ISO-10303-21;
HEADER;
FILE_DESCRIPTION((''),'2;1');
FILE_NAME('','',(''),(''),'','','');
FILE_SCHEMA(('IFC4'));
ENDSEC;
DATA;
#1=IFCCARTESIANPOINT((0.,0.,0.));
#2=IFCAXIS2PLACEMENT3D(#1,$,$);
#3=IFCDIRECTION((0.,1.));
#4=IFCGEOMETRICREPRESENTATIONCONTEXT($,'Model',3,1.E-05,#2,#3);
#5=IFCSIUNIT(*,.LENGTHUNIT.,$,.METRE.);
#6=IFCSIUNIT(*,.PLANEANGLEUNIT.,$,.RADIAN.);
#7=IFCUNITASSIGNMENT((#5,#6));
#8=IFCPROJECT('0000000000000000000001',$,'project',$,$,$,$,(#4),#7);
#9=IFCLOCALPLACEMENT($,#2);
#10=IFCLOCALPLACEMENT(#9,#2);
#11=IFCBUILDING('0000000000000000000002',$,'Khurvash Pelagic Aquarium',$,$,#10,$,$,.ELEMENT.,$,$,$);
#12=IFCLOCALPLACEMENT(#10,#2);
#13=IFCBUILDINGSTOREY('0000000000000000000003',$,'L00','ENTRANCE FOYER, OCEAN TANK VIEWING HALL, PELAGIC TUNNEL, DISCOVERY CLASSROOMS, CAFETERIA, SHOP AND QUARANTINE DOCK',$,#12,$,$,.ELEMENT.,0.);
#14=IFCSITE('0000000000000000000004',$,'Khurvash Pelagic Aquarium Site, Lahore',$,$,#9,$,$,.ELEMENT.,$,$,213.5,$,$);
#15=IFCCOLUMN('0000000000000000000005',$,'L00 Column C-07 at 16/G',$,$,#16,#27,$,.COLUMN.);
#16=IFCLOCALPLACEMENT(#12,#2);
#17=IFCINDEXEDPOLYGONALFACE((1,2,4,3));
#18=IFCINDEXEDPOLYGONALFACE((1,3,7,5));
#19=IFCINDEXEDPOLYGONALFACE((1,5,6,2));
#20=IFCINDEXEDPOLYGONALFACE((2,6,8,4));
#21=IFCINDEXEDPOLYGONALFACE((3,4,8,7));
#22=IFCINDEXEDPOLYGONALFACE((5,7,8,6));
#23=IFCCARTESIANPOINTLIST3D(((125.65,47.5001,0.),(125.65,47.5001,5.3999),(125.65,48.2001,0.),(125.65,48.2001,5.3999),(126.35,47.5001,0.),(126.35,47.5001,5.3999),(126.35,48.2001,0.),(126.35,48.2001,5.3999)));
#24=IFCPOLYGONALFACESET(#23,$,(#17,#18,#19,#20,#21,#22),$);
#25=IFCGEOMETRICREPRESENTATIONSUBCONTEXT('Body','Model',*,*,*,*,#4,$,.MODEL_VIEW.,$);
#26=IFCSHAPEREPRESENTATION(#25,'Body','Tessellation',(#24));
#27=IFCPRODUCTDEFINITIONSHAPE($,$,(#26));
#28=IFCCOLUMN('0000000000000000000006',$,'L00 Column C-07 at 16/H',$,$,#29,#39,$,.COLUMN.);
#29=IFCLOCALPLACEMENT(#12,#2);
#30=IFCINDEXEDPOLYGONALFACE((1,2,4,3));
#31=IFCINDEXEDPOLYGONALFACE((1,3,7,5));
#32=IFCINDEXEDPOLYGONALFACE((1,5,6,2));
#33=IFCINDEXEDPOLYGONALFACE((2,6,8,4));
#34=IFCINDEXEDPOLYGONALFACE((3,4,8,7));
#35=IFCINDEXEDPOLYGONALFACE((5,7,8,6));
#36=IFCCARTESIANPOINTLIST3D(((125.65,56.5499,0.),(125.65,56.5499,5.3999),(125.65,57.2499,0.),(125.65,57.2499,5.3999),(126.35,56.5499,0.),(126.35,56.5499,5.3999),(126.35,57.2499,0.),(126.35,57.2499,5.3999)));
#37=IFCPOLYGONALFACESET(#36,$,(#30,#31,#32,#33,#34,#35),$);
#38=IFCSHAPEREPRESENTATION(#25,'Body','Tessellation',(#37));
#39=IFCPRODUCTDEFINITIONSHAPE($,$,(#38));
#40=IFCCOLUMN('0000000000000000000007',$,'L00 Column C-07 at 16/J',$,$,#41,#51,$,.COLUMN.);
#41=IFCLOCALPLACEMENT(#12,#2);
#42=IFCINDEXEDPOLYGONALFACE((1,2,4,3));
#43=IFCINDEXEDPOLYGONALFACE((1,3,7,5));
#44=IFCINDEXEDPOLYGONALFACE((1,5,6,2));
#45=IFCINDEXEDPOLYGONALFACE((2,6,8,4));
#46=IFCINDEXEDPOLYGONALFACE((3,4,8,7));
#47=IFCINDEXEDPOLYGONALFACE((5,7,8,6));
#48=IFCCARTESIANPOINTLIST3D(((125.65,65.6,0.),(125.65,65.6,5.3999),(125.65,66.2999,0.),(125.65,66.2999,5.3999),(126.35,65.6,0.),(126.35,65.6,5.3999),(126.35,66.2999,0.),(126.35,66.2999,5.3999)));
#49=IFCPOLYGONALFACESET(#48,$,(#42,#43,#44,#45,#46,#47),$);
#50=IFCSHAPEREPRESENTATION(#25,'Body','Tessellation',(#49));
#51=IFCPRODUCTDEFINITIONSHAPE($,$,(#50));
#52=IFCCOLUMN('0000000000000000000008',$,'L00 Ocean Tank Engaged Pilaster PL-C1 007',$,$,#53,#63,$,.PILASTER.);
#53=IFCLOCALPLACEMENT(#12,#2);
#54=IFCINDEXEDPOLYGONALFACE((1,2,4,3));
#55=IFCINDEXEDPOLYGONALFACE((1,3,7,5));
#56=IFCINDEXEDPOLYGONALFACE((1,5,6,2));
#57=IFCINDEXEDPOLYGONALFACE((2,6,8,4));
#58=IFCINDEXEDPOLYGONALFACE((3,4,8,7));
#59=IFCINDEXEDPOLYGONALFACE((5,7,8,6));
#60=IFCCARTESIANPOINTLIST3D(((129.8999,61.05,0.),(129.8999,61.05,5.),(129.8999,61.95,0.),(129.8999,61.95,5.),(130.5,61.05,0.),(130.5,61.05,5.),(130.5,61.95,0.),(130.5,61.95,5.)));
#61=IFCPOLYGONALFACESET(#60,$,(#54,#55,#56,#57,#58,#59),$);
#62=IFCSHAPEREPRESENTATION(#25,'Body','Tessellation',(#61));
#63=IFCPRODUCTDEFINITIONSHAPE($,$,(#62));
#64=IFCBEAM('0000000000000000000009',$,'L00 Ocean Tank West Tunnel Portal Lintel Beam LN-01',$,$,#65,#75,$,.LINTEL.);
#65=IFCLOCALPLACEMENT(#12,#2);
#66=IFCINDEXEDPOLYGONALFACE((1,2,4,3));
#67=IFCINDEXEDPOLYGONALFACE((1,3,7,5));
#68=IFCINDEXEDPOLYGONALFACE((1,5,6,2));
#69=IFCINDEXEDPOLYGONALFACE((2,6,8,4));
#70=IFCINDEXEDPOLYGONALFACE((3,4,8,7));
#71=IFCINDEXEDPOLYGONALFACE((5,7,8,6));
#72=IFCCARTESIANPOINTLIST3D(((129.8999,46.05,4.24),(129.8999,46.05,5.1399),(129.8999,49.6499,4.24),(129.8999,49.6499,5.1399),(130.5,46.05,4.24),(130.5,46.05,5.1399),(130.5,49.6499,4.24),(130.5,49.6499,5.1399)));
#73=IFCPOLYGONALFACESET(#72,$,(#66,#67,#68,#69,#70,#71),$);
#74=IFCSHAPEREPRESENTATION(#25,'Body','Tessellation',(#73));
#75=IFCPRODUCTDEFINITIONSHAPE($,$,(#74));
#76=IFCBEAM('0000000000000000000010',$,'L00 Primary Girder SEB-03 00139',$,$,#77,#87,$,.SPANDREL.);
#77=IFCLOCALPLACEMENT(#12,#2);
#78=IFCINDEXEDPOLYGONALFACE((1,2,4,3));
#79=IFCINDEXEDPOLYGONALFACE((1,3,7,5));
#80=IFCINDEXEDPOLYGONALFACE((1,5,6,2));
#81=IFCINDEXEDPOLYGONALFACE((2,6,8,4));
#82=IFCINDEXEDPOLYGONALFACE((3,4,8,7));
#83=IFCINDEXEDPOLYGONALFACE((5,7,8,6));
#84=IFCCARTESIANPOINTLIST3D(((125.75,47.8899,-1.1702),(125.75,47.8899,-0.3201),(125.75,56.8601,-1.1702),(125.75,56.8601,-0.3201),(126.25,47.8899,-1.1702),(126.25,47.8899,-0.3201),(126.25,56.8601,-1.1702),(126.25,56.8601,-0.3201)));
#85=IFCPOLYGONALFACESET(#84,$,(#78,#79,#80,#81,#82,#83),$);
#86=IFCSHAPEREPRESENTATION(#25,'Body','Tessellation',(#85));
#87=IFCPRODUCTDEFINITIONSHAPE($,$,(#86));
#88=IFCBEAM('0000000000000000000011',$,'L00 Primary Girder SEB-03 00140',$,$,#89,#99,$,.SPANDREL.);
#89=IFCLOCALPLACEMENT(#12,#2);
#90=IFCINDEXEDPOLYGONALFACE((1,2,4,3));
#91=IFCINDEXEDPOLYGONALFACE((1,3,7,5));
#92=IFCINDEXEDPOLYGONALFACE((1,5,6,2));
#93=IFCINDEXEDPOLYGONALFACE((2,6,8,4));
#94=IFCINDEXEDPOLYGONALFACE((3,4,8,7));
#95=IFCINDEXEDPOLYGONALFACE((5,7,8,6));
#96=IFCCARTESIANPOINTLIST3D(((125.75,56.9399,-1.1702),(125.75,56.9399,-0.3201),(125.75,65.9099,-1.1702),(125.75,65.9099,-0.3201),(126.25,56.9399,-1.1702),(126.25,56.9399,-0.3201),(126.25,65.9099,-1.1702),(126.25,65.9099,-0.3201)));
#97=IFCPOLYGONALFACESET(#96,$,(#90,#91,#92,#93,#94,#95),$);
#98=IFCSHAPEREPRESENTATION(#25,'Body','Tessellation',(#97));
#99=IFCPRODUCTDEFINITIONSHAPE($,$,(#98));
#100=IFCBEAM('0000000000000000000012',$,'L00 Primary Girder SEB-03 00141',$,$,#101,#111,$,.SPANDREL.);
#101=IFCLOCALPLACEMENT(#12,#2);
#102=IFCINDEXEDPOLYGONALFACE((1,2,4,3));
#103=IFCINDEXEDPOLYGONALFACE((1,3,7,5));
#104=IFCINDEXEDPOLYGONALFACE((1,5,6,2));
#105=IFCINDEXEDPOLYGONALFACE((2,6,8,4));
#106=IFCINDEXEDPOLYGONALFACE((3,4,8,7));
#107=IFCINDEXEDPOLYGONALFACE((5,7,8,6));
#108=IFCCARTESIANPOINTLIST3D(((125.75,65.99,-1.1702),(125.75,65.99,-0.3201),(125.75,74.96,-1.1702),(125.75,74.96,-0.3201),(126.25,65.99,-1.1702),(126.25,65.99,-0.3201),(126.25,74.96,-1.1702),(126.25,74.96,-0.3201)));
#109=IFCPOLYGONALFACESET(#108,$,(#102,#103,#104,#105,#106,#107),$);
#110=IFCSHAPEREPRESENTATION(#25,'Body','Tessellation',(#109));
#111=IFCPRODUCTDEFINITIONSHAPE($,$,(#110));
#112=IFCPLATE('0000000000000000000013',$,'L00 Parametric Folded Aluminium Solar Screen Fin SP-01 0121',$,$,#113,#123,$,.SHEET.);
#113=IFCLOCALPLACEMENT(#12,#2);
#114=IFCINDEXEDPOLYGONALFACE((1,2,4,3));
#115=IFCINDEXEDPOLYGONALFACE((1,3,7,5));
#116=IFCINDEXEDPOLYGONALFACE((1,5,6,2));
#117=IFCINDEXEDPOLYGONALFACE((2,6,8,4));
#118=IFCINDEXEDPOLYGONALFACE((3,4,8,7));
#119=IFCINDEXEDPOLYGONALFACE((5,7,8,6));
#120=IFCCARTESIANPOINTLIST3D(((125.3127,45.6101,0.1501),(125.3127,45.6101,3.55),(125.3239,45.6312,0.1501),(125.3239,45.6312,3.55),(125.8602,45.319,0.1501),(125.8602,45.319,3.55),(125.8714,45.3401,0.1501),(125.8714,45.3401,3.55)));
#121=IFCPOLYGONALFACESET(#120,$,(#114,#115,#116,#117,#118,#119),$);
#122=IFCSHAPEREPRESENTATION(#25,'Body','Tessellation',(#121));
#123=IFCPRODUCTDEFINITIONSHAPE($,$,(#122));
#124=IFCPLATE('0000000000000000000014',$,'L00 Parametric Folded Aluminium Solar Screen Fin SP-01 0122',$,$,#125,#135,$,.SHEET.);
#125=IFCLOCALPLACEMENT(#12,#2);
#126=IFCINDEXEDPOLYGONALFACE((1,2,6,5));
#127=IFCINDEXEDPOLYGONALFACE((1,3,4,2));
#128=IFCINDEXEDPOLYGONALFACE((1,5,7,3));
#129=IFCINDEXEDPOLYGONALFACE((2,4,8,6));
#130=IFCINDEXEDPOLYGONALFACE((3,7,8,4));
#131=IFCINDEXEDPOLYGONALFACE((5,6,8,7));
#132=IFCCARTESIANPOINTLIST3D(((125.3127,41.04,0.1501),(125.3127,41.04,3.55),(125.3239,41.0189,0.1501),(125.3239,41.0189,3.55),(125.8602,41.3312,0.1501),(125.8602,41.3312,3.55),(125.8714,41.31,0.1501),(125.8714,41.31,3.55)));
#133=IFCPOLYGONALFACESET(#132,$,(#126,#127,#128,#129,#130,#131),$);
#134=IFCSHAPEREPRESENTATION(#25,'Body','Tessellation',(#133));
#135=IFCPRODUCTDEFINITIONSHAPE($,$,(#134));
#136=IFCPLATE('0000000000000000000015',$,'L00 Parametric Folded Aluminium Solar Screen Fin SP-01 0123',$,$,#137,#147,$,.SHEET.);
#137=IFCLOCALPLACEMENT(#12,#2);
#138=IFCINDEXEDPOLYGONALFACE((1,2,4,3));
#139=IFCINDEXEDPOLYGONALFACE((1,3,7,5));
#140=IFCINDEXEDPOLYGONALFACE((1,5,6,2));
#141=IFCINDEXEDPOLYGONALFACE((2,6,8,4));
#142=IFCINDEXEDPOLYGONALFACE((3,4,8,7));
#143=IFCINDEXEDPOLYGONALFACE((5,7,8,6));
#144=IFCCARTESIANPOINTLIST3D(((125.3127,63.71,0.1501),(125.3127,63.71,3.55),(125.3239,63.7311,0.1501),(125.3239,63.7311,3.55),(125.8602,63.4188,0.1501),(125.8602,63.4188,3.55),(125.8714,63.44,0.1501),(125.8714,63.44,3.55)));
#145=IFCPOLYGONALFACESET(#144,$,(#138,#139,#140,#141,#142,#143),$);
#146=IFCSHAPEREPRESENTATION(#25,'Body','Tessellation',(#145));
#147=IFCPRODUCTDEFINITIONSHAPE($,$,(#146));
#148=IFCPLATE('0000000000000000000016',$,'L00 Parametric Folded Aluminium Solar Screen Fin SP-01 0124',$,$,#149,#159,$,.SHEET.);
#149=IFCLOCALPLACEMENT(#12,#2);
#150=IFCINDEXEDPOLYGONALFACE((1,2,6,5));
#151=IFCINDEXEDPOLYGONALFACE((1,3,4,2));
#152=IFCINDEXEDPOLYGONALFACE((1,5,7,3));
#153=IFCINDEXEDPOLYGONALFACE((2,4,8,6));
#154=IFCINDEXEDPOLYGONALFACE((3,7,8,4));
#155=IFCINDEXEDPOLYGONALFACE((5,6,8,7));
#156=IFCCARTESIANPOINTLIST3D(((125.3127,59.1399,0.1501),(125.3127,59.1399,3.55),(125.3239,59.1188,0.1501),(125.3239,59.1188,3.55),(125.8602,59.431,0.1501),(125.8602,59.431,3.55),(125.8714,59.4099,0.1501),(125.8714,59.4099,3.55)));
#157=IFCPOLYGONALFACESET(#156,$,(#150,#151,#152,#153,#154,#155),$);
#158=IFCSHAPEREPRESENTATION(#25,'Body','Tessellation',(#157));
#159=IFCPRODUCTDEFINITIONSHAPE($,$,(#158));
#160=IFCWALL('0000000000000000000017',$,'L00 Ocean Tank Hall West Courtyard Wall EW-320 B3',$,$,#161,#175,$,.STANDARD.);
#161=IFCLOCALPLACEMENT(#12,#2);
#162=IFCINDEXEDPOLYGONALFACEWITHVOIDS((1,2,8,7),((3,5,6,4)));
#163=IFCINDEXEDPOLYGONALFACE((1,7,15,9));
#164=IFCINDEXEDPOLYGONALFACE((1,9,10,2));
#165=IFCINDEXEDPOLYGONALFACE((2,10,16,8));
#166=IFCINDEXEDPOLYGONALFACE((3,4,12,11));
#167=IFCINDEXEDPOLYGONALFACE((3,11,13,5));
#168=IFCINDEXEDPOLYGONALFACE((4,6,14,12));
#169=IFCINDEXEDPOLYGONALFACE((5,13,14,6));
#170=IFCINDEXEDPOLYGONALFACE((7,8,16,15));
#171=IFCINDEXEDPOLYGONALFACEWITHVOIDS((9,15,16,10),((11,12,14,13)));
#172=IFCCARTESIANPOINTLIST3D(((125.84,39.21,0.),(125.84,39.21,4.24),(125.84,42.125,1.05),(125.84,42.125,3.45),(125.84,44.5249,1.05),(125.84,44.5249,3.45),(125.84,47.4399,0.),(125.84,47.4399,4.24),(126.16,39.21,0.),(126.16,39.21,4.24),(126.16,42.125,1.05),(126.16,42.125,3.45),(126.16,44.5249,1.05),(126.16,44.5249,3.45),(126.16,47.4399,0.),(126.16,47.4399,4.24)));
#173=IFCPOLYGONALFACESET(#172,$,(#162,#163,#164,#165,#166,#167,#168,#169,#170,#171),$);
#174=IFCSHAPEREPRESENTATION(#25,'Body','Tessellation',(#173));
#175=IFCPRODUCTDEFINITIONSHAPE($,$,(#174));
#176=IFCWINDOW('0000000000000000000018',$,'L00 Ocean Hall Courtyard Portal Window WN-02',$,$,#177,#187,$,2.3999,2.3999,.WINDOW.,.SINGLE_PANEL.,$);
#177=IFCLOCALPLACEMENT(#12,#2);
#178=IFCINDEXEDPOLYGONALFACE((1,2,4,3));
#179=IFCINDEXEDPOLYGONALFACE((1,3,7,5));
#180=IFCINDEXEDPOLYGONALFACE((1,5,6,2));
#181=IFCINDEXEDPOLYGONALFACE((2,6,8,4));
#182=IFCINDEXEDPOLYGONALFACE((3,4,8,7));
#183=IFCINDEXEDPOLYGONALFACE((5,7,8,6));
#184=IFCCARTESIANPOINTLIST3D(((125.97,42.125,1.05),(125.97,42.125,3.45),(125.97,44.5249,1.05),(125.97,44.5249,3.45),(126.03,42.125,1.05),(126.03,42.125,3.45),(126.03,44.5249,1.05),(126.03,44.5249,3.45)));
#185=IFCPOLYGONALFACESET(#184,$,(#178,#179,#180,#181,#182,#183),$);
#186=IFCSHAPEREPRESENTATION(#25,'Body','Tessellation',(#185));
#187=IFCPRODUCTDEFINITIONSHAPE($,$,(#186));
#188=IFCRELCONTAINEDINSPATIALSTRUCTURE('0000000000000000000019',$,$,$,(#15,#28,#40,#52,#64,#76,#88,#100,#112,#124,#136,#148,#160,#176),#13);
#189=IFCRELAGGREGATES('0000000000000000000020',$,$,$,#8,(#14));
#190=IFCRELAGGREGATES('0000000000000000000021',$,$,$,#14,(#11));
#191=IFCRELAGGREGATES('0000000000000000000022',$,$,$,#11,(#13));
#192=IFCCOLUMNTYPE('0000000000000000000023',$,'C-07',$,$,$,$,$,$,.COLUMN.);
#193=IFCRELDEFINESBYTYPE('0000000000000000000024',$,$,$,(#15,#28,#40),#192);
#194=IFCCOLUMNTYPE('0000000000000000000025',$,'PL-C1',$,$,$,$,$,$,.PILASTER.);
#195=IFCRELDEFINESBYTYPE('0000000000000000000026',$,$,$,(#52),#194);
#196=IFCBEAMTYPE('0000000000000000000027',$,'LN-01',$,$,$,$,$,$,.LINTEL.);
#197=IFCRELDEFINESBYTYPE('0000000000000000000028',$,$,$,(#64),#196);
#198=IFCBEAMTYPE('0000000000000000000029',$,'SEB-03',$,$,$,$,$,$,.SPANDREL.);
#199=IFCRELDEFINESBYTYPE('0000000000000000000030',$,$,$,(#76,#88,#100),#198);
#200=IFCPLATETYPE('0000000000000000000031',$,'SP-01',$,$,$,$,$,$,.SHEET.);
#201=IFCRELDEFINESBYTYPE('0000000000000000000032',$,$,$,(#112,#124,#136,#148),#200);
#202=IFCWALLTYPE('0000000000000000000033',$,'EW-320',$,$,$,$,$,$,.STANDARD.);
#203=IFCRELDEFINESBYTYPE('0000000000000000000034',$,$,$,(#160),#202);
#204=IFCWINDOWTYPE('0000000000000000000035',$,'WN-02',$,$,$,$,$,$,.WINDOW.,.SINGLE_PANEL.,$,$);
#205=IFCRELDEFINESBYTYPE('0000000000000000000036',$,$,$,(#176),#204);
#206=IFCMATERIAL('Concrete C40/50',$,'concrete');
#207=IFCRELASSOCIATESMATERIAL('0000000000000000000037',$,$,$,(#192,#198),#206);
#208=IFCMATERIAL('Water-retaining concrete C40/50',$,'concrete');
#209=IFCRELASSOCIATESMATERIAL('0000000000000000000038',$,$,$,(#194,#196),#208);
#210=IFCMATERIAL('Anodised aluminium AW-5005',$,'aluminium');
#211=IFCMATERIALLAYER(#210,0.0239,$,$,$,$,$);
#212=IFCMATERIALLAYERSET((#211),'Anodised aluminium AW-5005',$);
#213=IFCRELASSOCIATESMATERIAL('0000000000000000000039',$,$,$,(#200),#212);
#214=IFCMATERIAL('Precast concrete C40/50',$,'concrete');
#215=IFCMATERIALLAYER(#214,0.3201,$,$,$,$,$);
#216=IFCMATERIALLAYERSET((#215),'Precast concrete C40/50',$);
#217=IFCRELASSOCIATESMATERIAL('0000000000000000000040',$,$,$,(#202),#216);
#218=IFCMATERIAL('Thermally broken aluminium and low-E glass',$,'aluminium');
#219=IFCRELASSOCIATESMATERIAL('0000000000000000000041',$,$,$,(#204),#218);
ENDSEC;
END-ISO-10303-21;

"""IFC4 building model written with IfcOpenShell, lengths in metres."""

from ifc_helpers import new_model, si_unit, direction, frame, frame_2d, origin, origin_2d, place, context, subcontext, project, spatial, rectangle, extrude, material, layer, layer_set, material_profile, profile_set, type_object, element, fill, save


model = new_model("IFC4")

# Units and contexts
model_context = context("Model", 3, precision=1e-05, world=origin(), true_north=direction((0.0, 1.0)))
body_context = subcontext(model_context, "Body", "Model", "MODEL_VIEW")
ifc_project = project(units=[si_unit("LENGTHUNIT", "METRE"), si_unit("PLANEANGLEUNIT", "RADIAN")], contexts=[model_context])

# Site, building, storey
site_placement = place(None, origin())
site = spatial("IfcSite", under=ifc_project, at=site_placement, Name="Khurvash Pelagic Aquarium Site, Lahore", CompositionType="ELEMENT", RefElevation=213.5)
building_placement = place(site_placement, origin())
building = spatial("IfcBuilding", under=site, at=building_placement, Name="Khurvash Pelagic Aquarium", CompositionType="ELEMENT")
storey_placement = place(building_placement, origin())
storey = spatial("IfcBuildingStorey", under=building, at=storey_placement, Name="L00", Description="ENTRANCE FOYER, OCEAN TANK VIEWING HALL, PELAGIC TUNNEL, DISCOVERY CLASSROOMS, CAFETERIA, SHOP AND QUARANTINE DOCK", CompositionType="ELEMENT", Elevation=0.0)

# Columns
ifc_material_1 = material(Name="Concrete C40/50", Category="concrete")
ifc_material_profile_1 = material_profile(ifc_material_1, rectangle(XDim=0.7, YDim=0.7, at=origin_2d()), Name="RC700X700")
ifc_profile_set_1 = profile_set([ifc_material_profile_1], Name="Concrete C40/50")
column_type_1 = type_object("IfcColumnType", Name="C-07", PredefinedType="COLUMN", material=ifc_profile_set_1)
for number, where, z_axis, x_axis, name in (
    (1, (126.0, 47.8501, 0.0), (0.0, 0.0, 1.0), (1.0, 0.0, 0.0), "L00 Column C-07 at 16/G"),
    (2, (126.0, 56.8999, 0.0), (0.0, 0.0, 1.0), (1.0, 0.0, 0.0), "L00 Column C-07 at 16/H"),
    (3, (126.0, 65.95, 0.0), (0.0, 0.0, 1.0), (1.0, 0.0, 0.0), "L00 Column C-07 at 16/J"),
):
    element("IfcColumn", number, at=place(storey_placement, frame(where, z_axis=z_axis, x_axis=x_axis)), inside=storey, type_object=column_type_1, Name=name, PredefinedType="COLUMN", context=body_context, shape_type="SweptSolid", body=[
        extrude(rectangle(XDim=0.7, YDim=0.7, at=origin_2d()), origin(), (0.0, 0.0, 1.0), 5.3999),
    ])
ifc_material_2 = material(Name="Water-retaining concrete C40/50", Category="concrete")
ifc_material_profile_2 = material_profile(ifc_material_2, rectangle(XDim=0.6001, YDim=0.8999, at=origin_2d()), Name="RC600X900")
ifc_profile_set_2 = profile_set([ifc_material_profile_2], Name="Water-retaining concrete C40/50")
column_type_2 = type_object("IfcColumnType", Name="PL-C1", PredefinedType="PILASTER", material=ifc_profile_set_2)
column_placement = place(storey_placement, frame((130.2, 61.5, 0.0), z_axis=(0.0, 0.0, 1.0), x_axis=(1.0, 0.0, 0.0)))
element("IfcColumn", 4, at=column_placement, inside=storey, type_object=column_type_2, Name="L00 Ocean Tank Engaged Pilaster PL-C1 007", PredefinedType="PILASTER", context=body_context, shape_type="SweptSolid", body=[
    extrude(rectangle(XDim=0.6001, YDim=0.8999, at=origin_2d()), origin(), (0.0, 0.0, 1.0), 5.0),
])

# Beams
ifc_material_profile_3 = material_profile(ifc_material_2, rectangle(XDim=0.6001, YDim=0.8999, at=origin_2d()), Name="RC600X900")
ifc_profile_set_3 = profile_set([ifc_material_profile_3], Name="Water-retaining concrete C40/50")
beam_type_1 = type_object("IfcBeamType", Name="LN-01", PredefinedType="LINTEL", material=ifc_profile_set_3)
beam_1_placement = place(storey_placement, frame((130.2, 46.05, 4.6899), z_axis=(0.0, 1.0, 0.0), x_axis=(-1.0, 0.0, 0.0)))
element("IfcBeam", 5, at=beam_1_placement, inside=storey, type_object=beam_type_1, Name="L00 Ocean Tank West Tunnel Portal Lintel Beam LN-01", PredefinedType="LINTEL", context=body_context, shape_type="SweptSolid", body=[
    extrude(rectangle(XDim=0.6001, YDim=0.8999, at=origin_2d()), origin(), (0.0, 0.0, 1.0), 3.5999),
])
ifc_material_profile_4 = material_profile(ifc_material_1, rectangle(XDim=0.5, YDim=0.8501, at=origin_2d()), Name="RC500X850")
ifc_profile_set_4 = profile_set([ifc_material_profile_4], Name="Concrete C40/50")
beam_type_2 = type_object("IfcBeamType", Name="SEB-03", PredefinedType="SPANDREL", material=ifc_profile_set_4)
beam_2_placement = place(storey_placement, frame((126.0, 47.8899, -0.7451), z_axis=(0.0, 1.0, 0.0), x_axis=(-1.0, 0.0, 0.0)))
element("IfcBeam", 6, at=beam_2_placement, inside=storey, type_object=beam_type_2, Name="L00 Primary Girder SEB-03 00139", PredefinedType="SPANDREL", context=body_context, shape_type="SweptSolid", body=[
    extrude(rectangle(XDim=0.5, YDim=0.8501, at=origin_2d()), origin(), (0.0, 0.0, 1.0), 8.9702),
])
for number, where, z_axis, x_axis, name in (
    (7, (126.0, 56.9399, -0.7451), (0.0, 1.0, 0.0), (-1.0, 0.0, 0.0), "L00 Primary Girder SEB-03 00140"),
    (8, (126.0, 65.99, -0.7451), (0.0, 1.0, 0.0), (-1.0, 0.0, 0.0), "L00 Primary Girder SEB-03 00141"),
):
    element("IfcBeam", number, at=place(storey_placement, frame(where, z_axis=z_axis, x_axis=x_axis)), inside=storey, type_object=beam_type_2, Name=name, PredefinedType="SPANDREL", context=body_context, shape_type="SweptSolid", body=[
        extrude(rectangle(XDim=0.5, YDim=0.8501, at=origin_2d()), origin(), (0.0, 0.0, 1.0), 8.97),
    ])

# Plates
ifc_material_3 = material(Name="Anodised aluminium AW-5005", Category="aluminium")
ifc_layer_1 = layer(ifc_material_3, 0.0239)
ifc_layer_set_1 = layer_set([ifc_layer_1], Name="Anodised aluminium AW-5005")
plate_type = type_object("IfcPlateType", Name="SP-01", PredefinedType="SHEET", material=ifc_layer_set_1)
for number, where, z_axis, x_axis, name in (
    (9, (125.592, 45.4751, 0.1501), (0.0, 0.0, 1.0), (-0.882948, 0.469472, 0.0), "L00 Parametric Folded Aluminium Solar Screen Fin SP-01 0121"),
    (10, (125.592, 41.175, 0.1501), (0.0, 0.0, 1.0), (-0.882948, -0.469472, 0.0), "L00 Parametric Folded Aluminium Solar Screen Fin SP-01 0122"),
    (11, (125.592, 63.575, 0.1501), (0.0, 0.0, 1.0), (-0.882948, 0.469472, 0.0), "L00 Parametric Folded Aluminium Solar Screen Fin SP-01 0123"),
    (12, (125.592, 59.2749, 0.1501), (0.0, 0.0, 1.0), (-0.882948, -0.469472, 0.0), "L00 Parametric Folded Aluminium Solar Screen Fin SP-01 0124"),
):
    element("IfcPlate", number, at=place(storey_placement, frame(where, z_axis=z_axis, x_axis=x_axis)), inside=storey, type_object=plate_type, Name=name, PredefinedType="SHEET", context=body_context, shape_type="SweptSolid", body=[
        extrude(rectangle(XDim=0.6201, YDim=0.0239, at=origin_2d()), origin(), (0.0, 0.0, 1.0), 3.3999),
    ])

# Wall, opening, window
ifc_material_4 = material(Name="Precast concrete C40/50", Category="concrete")
ifc_layer_2 = layer(ifc_material_4, 0.3201)
ifc_layer_set_2 = layer_set([ifc_layer_2], Name="Precast concrete C40/50")
wall_type_1 = type_object("IfcWallType", Name="EW-320", PredefinedType="STANDARD", material=ifc_layer_set_2)
wall_1_placement = place(storey_placement, frame((126.0, 47.4399, 0.0), z_axis=(0.0, 0.0, 1.0), x_axis=(0.0, -1.0, 0.0)))
wall_1 = element("IfcWall", 13, at=wall_1_placement, inside=storey, type_object=wall_type_1, Name="L00 Ocean Tank Hall West Courtyard Wall EW-320 B3", PredefinedType="STANDARD", context=body_context, shape_type="SweptSolid", body=[
    extrude(rectangle(XDim=8.23, YDim=0.3201, at=frame_2d((4.115, 0.0))), origin(), (0.0, 0.0, 1.0), 4.24),
])
opening_1_placement = place(wall_1_placement, frame((2.915, 0.0, 1.05)))
opening_1 = element("IfcOpeningElement", 14, at=opening_1_placement, cuts=wall_1, PredefinedType="OPENING", context=body_context, shape_type="SweptSolid", body=[
    extrude(rectangle(XDim=2.3999, YDim=2.3999, at=frame_2d((1.2, 1.2))), frame((0.0, 0.1699, 0.0), z_axis=(0.0, -1.0, 0.0), x_axis=(1.0, 0.0, 0.0)), (0.0, 0.0, 1.0), 0.3401),
])
ifc_material_5 = material(Name="Thermally broken aluminium and low-E glass", Category="aluminium")
window_type_1 = type_object("IfcWindowType", Name="WN-02", PartitioningType="SINGLE_PANEL", PredefinedType="WINDOW", material=ifc_material_5)
window_1_placement = place(opening_1_placement, origin())
window_1 = element("IfcWindow", 15, at=window_1_placement, inside=storey, type_object=window_type_1, Name="L00 Ocean Hall Courtyard Portal Window WN-02", OverallHeight=2.3999, OverallWidth=2.3999, PartitioningType="SINGLE_PANEL", PredefinedType="WINDOW", context=body_context, shape_type="SweptSolid", body=[
    extrude(rectangle(XDim=2.3999, YDim=2.3999, at=frame_2d((1.2, 1.2))), frame((0.0, 0.03, 0.0), z_axis=(0.0, -1.0, 0.0), x_axis=(1.0, 0.0, 0.0)), (0.0, 0.0, 1.0), 0.0601),
])
fill(opening_1, window_1)

save(model, "model.ifc")
